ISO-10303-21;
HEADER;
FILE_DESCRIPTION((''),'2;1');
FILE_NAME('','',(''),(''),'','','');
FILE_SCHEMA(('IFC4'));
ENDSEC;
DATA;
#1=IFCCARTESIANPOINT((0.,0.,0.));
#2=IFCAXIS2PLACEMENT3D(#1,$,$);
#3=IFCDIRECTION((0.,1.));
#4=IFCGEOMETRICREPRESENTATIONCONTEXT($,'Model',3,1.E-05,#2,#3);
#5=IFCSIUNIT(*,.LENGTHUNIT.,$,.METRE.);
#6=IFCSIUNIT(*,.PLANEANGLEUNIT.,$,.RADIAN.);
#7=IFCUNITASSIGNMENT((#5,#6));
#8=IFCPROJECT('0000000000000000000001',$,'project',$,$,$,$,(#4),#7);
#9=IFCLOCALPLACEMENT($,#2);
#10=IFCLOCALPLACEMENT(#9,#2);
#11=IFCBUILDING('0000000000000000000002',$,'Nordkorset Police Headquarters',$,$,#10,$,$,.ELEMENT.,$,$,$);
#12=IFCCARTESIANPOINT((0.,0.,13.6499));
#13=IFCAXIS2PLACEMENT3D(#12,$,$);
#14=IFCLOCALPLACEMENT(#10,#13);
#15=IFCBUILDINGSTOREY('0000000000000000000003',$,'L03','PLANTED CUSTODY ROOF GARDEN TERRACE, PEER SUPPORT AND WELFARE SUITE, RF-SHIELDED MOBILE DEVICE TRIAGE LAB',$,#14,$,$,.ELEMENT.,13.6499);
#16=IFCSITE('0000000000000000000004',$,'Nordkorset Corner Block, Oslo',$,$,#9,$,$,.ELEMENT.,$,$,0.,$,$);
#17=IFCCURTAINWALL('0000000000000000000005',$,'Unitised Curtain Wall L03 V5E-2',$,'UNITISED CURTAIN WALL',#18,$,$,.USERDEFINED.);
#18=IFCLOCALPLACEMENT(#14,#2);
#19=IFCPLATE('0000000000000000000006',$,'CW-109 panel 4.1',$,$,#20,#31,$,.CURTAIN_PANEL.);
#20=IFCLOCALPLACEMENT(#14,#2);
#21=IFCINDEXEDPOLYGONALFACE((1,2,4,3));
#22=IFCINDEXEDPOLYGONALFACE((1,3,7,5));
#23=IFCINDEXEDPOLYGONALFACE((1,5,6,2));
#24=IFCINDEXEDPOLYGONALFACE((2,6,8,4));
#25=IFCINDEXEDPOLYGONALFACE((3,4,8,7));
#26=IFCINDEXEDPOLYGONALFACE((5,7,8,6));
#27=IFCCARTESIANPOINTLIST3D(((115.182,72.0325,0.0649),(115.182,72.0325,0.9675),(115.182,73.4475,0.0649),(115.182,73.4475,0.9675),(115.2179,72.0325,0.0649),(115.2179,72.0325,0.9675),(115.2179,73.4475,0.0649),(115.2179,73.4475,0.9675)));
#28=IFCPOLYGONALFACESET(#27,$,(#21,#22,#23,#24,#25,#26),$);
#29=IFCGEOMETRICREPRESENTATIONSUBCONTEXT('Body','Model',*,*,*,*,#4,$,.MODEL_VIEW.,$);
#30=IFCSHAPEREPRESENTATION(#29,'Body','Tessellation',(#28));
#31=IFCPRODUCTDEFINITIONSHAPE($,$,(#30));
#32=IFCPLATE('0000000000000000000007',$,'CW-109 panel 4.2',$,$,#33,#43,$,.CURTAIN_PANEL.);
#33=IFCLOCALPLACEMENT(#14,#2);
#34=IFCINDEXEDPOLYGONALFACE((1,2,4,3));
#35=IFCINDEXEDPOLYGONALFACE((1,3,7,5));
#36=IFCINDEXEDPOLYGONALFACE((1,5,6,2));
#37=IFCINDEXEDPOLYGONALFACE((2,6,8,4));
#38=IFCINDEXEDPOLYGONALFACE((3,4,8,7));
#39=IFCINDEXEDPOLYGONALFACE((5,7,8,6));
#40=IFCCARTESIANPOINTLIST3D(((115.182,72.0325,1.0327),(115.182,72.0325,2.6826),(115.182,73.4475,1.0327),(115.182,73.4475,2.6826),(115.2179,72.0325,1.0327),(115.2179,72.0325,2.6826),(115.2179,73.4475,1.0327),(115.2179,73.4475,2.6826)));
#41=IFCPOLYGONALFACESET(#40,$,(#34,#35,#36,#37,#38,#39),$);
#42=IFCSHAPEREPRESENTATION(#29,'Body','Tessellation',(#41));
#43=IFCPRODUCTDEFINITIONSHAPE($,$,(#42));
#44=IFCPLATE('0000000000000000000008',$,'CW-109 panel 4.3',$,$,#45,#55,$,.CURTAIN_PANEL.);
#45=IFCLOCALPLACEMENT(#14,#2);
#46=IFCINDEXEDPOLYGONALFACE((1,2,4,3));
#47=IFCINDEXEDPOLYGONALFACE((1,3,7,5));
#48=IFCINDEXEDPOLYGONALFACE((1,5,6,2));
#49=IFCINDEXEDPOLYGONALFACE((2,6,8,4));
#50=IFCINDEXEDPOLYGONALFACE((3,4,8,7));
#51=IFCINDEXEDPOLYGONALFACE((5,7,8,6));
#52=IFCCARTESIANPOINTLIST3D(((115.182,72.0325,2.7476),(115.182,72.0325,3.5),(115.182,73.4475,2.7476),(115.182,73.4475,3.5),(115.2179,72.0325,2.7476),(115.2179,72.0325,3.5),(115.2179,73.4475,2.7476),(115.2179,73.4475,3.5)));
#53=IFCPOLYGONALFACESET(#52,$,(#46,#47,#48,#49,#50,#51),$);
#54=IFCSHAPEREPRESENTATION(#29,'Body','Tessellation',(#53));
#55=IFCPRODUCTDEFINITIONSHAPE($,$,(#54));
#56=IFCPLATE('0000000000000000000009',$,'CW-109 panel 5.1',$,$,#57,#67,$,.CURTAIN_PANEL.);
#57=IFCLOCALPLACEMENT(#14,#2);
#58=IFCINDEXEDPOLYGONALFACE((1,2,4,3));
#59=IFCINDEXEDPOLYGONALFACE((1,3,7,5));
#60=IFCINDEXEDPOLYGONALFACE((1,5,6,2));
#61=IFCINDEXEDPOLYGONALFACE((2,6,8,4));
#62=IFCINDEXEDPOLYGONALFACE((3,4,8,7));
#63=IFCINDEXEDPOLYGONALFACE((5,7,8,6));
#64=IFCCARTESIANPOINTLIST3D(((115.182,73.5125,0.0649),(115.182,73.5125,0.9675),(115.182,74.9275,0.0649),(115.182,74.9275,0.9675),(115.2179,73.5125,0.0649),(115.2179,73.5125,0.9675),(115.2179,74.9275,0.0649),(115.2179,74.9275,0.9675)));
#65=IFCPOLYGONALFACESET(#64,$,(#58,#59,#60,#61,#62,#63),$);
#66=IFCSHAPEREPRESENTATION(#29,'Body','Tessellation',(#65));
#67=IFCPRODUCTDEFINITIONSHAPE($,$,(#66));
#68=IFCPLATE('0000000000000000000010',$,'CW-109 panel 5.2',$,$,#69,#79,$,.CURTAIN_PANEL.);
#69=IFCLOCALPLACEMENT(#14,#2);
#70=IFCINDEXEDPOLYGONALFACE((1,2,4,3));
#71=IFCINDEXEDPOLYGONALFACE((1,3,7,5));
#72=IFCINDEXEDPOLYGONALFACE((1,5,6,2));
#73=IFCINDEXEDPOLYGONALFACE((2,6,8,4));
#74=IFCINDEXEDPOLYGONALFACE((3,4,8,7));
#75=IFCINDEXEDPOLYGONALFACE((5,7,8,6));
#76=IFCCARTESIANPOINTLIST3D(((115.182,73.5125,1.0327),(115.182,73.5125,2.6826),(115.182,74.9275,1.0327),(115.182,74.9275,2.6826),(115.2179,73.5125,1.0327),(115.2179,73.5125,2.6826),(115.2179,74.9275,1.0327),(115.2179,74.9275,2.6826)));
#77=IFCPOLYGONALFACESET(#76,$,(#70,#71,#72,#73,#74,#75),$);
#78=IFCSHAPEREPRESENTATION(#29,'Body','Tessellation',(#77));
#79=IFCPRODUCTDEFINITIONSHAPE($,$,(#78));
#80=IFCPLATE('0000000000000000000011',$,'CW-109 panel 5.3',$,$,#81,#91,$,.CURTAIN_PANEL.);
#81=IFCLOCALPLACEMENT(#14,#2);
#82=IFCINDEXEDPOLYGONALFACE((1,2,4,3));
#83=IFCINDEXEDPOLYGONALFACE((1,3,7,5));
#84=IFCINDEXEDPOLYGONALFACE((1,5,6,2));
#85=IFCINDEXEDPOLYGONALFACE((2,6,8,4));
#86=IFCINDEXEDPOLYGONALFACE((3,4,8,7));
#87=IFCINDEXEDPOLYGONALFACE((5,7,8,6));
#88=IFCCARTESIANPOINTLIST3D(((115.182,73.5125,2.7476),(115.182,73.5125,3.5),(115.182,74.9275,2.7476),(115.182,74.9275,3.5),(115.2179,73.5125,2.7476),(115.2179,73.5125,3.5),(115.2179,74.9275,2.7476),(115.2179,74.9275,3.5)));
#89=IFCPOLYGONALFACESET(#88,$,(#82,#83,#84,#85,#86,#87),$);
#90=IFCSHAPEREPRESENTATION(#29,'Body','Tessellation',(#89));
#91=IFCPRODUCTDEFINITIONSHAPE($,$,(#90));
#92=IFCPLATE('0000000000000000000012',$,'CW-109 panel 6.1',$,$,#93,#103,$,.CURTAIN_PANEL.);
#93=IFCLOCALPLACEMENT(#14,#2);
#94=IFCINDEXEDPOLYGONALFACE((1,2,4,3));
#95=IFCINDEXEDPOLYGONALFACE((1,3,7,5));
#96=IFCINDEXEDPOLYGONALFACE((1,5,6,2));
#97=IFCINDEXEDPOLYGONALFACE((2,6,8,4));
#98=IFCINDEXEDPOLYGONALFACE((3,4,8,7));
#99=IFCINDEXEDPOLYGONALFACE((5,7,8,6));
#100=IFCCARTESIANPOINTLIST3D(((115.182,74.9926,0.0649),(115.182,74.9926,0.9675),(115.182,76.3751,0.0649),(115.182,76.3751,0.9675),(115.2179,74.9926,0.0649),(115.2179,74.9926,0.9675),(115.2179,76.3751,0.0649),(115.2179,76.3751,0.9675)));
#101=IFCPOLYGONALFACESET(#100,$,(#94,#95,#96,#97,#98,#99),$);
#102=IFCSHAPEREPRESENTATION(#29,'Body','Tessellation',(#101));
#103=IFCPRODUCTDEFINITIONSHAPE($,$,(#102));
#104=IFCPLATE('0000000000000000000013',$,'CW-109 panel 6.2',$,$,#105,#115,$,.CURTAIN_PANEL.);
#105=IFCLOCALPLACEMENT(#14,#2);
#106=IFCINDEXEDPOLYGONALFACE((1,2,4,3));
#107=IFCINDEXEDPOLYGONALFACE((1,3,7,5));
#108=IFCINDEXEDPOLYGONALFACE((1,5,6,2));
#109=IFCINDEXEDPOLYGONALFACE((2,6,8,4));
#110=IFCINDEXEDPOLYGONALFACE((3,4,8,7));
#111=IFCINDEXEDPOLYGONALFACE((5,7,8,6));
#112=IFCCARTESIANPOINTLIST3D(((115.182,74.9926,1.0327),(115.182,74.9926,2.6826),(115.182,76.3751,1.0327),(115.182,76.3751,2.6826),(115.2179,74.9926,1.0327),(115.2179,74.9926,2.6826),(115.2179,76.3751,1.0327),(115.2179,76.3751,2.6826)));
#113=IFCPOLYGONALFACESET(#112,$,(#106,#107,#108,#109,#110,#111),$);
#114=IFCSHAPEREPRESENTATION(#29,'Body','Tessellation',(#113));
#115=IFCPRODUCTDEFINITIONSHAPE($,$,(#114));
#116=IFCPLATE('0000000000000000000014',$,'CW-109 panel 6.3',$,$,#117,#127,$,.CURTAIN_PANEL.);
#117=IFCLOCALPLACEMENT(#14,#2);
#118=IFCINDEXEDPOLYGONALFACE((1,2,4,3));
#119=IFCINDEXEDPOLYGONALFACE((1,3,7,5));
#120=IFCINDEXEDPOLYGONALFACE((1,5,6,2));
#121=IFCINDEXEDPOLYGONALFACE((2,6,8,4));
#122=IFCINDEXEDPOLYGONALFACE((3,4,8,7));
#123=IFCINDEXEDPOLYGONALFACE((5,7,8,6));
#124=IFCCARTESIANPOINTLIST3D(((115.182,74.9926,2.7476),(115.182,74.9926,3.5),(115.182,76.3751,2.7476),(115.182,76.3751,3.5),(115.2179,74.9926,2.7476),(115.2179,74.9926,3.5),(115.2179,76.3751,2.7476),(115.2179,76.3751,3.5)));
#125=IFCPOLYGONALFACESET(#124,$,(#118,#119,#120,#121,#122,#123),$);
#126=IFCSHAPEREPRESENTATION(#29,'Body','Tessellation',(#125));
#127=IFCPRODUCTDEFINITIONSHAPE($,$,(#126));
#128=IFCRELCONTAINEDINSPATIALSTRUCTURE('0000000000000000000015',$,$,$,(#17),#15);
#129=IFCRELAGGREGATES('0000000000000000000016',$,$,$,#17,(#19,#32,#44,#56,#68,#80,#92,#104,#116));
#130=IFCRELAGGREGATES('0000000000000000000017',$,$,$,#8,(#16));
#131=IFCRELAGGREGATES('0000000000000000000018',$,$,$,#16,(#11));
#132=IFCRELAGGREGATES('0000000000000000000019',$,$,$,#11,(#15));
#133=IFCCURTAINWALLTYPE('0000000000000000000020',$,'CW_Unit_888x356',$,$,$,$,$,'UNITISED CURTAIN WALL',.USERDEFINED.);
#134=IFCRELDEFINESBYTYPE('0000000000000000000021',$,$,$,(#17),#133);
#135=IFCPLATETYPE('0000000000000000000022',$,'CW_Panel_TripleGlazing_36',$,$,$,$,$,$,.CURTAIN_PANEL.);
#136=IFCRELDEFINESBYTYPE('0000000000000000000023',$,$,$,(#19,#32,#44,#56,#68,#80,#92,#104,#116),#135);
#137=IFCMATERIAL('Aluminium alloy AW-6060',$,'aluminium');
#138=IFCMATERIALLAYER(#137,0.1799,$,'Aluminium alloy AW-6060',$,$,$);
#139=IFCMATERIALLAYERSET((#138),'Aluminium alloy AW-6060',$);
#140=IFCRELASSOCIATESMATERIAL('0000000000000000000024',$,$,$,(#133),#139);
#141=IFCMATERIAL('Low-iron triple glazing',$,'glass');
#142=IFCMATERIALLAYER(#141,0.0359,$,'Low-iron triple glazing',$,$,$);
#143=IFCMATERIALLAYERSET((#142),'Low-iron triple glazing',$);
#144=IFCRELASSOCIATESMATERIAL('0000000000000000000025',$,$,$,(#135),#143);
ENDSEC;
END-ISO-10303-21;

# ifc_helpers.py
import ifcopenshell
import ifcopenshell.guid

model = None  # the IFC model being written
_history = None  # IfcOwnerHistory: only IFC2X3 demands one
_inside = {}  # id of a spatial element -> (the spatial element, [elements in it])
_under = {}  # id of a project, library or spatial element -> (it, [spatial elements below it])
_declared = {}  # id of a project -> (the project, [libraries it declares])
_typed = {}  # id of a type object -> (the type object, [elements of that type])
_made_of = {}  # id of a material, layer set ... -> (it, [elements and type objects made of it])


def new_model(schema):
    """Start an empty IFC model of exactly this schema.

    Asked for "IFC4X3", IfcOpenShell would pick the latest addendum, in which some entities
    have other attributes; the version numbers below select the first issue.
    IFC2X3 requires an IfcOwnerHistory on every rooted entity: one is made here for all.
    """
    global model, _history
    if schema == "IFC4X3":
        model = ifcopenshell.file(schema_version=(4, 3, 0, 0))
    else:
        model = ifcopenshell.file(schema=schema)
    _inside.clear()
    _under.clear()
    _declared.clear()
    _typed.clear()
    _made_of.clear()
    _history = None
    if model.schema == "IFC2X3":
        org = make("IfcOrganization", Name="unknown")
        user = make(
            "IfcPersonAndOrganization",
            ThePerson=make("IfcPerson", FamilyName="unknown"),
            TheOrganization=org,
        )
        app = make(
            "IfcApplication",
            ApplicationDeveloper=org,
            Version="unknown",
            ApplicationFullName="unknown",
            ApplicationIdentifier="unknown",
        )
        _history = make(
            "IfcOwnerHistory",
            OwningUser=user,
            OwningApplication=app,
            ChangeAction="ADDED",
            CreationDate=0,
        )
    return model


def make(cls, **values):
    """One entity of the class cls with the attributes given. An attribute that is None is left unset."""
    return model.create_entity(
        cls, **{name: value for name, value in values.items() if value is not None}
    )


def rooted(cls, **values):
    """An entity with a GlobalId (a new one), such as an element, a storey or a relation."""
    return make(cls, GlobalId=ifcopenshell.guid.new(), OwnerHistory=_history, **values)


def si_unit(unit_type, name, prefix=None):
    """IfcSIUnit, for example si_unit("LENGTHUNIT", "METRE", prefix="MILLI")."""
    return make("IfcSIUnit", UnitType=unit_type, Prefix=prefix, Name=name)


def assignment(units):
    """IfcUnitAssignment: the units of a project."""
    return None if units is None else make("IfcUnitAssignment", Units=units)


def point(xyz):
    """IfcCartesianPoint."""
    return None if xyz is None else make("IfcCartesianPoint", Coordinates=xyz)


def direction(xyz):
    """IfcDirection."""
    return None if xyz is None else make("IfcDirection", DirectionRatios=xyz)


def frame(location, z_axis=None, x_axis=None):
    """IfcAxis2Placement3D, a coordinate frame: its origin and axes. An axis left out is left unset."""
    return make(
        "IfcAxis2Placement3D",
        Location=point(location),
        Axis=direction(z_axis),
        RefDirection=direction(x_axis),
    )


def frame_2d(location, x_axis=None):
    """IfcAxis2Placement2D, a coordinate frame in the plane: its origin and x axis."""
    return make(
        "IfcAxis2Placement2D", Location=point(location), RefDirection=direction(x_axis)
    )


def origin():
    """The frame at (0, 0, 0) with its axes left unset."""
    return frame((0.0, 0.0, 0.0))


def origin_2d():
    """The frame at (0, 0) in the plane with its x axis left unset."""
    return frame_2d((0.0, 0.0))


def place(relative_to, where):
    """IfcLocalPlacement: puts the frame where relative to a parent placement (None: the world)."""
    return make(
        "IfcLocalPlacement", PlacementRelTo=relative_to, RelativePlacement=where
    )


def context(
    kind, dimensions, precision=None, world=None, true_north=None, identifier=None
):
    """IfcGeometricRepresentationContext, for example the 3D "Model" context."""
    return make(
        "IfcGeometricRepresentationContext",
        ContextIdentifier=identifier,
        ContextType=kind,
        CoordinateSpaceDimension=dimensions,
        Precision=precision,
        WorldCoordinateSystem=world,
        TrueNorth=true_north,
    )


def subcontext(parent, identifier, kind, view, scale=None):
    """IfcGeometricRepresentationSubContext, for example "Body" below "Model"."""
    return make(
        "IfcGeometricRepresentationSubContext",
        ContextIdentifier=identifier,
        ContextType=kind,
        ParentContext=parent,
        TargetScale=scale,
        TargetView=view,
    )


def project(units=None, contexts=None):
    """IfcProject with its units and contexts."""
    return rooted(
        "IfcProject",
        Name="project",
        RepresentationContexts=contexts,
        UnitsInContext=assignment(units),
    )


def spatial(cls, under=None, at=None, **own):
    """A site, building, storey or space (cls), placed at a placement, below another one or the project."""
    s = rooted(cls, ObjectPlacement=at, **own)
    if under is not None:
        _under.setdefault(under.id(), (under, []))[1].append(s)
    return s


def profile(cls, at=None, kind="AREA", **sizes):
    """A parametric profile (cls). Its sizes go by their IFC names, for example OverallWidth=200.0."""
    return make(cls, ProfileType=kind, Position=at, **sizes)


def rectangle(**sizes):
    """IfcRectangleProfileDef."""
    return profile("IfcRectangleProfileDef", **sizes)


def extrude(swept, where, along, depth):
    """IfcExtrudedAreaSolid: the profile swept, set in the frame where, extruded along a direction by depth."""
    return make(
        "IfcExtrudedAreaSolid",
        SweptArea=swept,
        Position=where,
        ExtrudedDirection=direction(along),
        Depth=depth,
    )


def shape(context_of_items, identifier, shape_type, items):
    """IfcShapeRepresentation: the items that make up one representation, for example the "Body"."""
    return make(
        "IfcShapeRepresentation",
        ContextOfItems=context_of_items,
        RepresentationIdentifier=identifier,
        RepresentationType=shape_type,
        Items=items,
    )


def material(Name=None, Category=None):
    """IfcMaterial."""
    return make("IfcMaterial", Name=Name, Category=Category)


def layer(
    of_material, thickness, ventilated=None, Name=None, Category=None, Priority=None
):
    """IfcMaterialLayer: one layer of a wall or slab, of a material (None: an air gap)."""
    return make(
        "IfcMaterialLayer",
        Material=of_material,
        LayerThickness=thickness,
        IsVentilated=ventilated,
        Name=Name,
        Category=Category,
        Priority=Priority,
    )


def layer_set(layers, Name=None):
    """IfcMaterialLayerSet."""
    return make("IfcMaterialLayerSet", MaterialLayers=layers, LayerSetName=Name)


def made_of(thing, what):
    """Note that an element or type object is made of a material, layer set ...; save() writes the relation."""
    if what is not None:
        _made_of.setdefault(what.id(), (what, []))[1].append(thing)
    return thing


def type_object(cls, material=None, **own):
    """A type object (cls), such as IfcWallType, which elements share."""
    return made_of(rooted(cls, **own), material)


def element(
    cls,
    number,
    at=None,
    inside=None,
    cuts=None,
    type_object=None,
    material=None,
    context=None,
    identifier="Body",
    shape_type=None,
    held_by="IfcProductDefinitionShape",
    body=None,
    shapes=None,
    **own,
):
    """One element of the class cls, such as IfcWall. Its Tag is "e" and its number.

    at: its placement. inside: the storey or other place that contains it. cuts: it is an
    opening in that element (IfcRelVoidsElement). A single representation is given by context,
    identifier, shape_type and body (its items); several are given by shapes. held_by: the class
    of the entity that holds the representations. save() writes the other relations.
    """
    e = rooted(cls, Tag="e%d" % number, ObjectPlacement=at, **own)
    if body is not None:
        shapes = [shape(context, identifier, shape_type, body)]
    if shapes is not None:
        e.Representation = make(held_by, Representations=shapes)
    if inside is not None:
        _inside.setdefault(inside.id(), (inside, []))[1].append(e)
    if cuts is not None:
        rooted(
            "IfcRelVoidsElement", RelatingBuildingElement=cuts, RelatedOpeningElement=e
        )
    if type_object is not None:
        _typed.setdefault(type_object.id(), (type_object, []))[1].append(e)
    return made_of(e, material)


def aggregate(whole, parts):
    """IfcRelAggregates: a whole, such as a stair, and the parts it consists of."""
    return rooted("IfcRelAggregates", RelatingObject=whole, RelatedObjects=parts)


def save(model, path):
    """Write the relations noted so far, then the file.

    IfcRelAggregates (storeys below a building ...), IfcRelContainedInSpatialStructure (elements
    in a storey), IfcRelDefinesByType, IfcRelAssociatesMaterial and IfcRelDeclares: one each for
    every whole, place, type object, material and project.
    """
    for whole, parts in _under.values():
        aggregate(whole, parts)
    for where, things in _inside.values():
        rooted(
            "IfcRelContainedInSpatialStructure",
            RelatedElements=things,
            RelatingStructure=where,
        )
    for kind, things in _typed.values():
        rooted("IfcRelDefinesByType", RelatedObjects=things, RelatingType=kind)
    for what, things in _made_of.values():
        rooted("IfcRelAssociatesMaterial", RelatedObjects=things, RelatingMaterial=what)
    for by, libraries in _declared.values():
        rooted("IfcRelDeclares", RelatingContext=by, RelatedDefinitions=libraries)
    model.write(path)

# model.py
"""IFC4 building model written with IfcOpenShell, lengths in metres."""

from ifc_helpers import new_model, si_unit, direction, frame, origin, origin_2d, place, context, subcontext, project, spatial, rectangle, extrude, material, layer, layer_set, type_object, element, aggregate, save


model = new_model("IFC4")

# Units and contexts
model_context = context("Model", 3, precision=1e-05, world=origin(), true_north=direction((0.0, 1.0)))
body_context = subcontext(model_context, "Body", "Model", "MODEL_VIEW")
ifc_project = project(units=[si_unit("LENGTHUNIT", "METRE"), si_unit("PLANEANGLEUNIT", "RADIAN")], contexts=[model_context])

# Site, building, storey
site_placement = place(None, origin())
site = spatial("IfcSite", under=ifc_project, at=site_placement, Name="Nordkorset Corner Block, Oslo", CompositionType="ELEMENT", RefElevation=0.0)
building_placement = place(site_placement, origin())
building = spatial("IfcBuilding", under=site, at=building_placement, Name="Nordkorset Police Headquarters", CompositionType="ELEMENT")
storey_placement = place(building_placement, frame((0.0, 0.0, 13.6499)))
storey = spatial("IfcBuildingStorey", under=building, at=storey_placement, Name="L03", Description="PLANTED CUSTODY ROOF GARDEN TERRACE, PEER SUPPORT AND WELFARE SUITE, RF-SHIELDED MOBILE DEVICE TRIAGE LAB", CompositionType="ELEMENT", Elevation=13.6499)

# Curtain wall, plates
ifc_material_1 = material(Name="Aluminium alloy AW-6060", Category="aluminium")
ifc_layer_1 = layer(ifc_material_1, 0.1799, Name="Aluminium alloy AW-6060")
ifc_layer_set_1 = layer_set([ifc_layer_1], Name="Aluminium alloy AW-6060")
curtain_wall_type = type_object("IfcCurtainWallType", Name="CW_Unit_888x356", ElementType="UNITISED CURTAIN WALL", PredefinedType="USERDEFINED", material=ifc_layer_set_1)
curtain_wall_placement = place(storey_placement, origin())
curtain_wall = element("IfcCurtainWall", 1, at=curtain_wall_placement, inside=storey, type_object=curtain_wall_type, Name="Unitised Curtain Wall L03 V5E-2", ObjectType="UNITISED CURTAIN WALL", PredefinedType="USERDEFINED")
ifc_material_2 = material(Name="Low-iron triple glazing", Category="glass")
ifc_layer_2 = layer(ifc_material_2, 0.0359, Name="Low-iron triple glazing")
ifc_layer_set_2 = layer_set([ifc_layer_2], Name="Low-iron triple glazing")
plate_type = type_object("IfcPlateType", Name="CW_Panel_TripleGlazing_36", PredefinedType="CURTAIN_PANEL", material=ifc_layer_set_2)
plate_1_placement = place(storey_placement, frame((115.2, 72.74, 0.0649), z_axis=(0.0, 0.0, 1.0), x_axis=(0.0, 1.0, 0.0)))
plate_1 = element("IfcPlate", 2, at=plate_1_placement, type_object=plate_type, Name="CW-109 panel 4.1", PredefinedType="CURTAIN_PANEL", context=body_context, shape_type="SweptSolid", body=[
    extrude(rectangle(XDim=1.415, YDim=0.0359, at=origin_2d()), origin(), (0.0, 0.0, 1.0), 0.9026),
])
plate_2_placement = place(storey_placement, frame((115.2, 72.74, 1.0327), z_axis=(0.0, 0.0, 1.0), x_axis=(0.0, 1.0, 0.0)))
plate_2 = element("IfcPlate", 3, at=plate_2_placement, type_object=plate_type, Name="CW-109 panel 4.2", PredefinedType="CURTAIN_PANEL", context=body_context, shape_type="SweptSolid", body=[
    extrude(rectangle(XDim=1.415, YDim=0.0359, at=origin_2d()), origin(), (0.0, 0.0, 1.0), 1.6499),
])
plate_3_placement = place(storey_placement, frame((115.2, 72.74, 2.7476), z_axis=(0.0, 0.0, 1.0), x_axis=(0.0, 1.0, 0.0)))
plate_3 = element("IfcPlate", 4, at=plate_3_placement, type_object=plate_type, Name="CW-109 panel 4.3", PredefinedType="CURTAIN_PANEL", context=body_context, shape_type="SweptSolid", body=[
    extrude(rectangle(XDim=1.415, YDim=0.0359, at=origin_2d()), origin(), (0.0, 0.0, 1.0), 0.7524),
])
plate_4_placement = place(storey_placement, frame((115.2, 74.22, 0.0649), z_axis=(0.0, 0.0, 1.0), x_axis=(0.0, 1.0, 0.0)))
plate_4 = element("IfcPlate", 5, at=plate_4_placement, type_object=plate_type, Name="CW-109 panel 5.1", PredefinedType="CURTAIN_PANEL", context=body_context, shape_type="SweptSolid", body=[
    extrude(rectangle(XDim=1.415, YDim=0.0359, at=origin_2d()), origin(), (0.0, 0.0, 1.0), 0.9026),
])
plate_5_placement = place(storey_placement, frame((115.2, 74.22, 1.0327), z_axis=(0.0, 0.0, 1.0), x_axis=(0.0, 1.0, 0.0)))
plate_5 = element("IfcPlate", 6, at=plate_5_placement, type_object=plate_type, Name="CW-109 panel 5.2", PredefinedType="CURTAIN_PANEL", context=body_context, shape_type="SweptSolid", body=[
    extrude(rectangle(XDim=1.415, YDim=0.0359, at=origin_2d()), origin(), (0.0, 0.0, 1.0), 1.6499),
])
plate_6_placement = place(storey_placement, frame((115.2, 74.22, 2.7476), z_axis=(0.0, 0.0, 1.0), x_axis=(0.0, 1.0, 0.0)))
plate_6 = element("IfcPlate", 7, at=plate_6_placement, type_object=plate_type, Name="CW-109 panel 5.3", PredefinedType="CURTAIN_PANEL", context=body_context, shape_type="SweptSolid", body=[
    extrude(rectangle(XDim=1.415, YDim=0.0359, at=origin_2d()), origin(), (0.0, 0.0, 1.0), 0.7524),
])
plate_7_placement = place(storey_placement, frame((115.2, 75.6838, 0.0649), z_axis=(0.0, 0.0, 1.0), x_axis=(0.0, 1.0, 0.0)))
plate_7 = element("IfcPlate", 8, at=plate_7_placement, type_object=plate_type, Name="CW-109 panel 6.1", PredefinedType="CURTAIN_PANEL", context=body_context, shape_type="SweptSolid", body=[
    extrude(rectangle(XDim=1.3826, YDim=0.0359, at=origin_2d()), origin(), (0.0, 0.0, 1.0), 0.9026),
])
plate_8_placement = place(storey_placement, frame((115.2, 75.6838, 1.0327), z_axis=(0.0, 0.0, 1.0), x_axis=(0.0, 1.0, 0.0)))
plate_8 = element("IfcPlate", 9, at=plate_8_placement, type_object=plate_type, Name="CW-109 panel 6.2", PredefinedType="CURTAIN_PANEL", context=body_context, shape_type="SweptSolid", body=[
    extrude(rectangle(XDim=1.3826, YDim=0.0359, at=origin_2d()), origin(), (0.0, 0.0, 1.0), 1.6499),
])
plate_9_placement = place(storey_placement, frame((115.2, 75.6838, 2.7476), z_axis=(0.0, 0.0, 1.0), x_axis=(0.0, 1.0, 0.0)))
plate_9 = element("IfcPlate", 10, at=plate_9_placement, type_object=plate_type, Name="CW-109 panel 6.3", PredefinedType="CURTAIN_PANEL", context=body_context, shape_type="SweptSolid", body=[
    extrude(rectangle(XDim=1.3826, YDim=0.0359, at=origin_2d()), origin(), (0.0, 0.0, 1.0), 0.7524),
])
aggregate(curtain_wall, [plate_1, plate_2, plate_3, plate_4, plate_5, plate_6, plate_7, plate_8, plate_9])

save(model, "model.ifc")
